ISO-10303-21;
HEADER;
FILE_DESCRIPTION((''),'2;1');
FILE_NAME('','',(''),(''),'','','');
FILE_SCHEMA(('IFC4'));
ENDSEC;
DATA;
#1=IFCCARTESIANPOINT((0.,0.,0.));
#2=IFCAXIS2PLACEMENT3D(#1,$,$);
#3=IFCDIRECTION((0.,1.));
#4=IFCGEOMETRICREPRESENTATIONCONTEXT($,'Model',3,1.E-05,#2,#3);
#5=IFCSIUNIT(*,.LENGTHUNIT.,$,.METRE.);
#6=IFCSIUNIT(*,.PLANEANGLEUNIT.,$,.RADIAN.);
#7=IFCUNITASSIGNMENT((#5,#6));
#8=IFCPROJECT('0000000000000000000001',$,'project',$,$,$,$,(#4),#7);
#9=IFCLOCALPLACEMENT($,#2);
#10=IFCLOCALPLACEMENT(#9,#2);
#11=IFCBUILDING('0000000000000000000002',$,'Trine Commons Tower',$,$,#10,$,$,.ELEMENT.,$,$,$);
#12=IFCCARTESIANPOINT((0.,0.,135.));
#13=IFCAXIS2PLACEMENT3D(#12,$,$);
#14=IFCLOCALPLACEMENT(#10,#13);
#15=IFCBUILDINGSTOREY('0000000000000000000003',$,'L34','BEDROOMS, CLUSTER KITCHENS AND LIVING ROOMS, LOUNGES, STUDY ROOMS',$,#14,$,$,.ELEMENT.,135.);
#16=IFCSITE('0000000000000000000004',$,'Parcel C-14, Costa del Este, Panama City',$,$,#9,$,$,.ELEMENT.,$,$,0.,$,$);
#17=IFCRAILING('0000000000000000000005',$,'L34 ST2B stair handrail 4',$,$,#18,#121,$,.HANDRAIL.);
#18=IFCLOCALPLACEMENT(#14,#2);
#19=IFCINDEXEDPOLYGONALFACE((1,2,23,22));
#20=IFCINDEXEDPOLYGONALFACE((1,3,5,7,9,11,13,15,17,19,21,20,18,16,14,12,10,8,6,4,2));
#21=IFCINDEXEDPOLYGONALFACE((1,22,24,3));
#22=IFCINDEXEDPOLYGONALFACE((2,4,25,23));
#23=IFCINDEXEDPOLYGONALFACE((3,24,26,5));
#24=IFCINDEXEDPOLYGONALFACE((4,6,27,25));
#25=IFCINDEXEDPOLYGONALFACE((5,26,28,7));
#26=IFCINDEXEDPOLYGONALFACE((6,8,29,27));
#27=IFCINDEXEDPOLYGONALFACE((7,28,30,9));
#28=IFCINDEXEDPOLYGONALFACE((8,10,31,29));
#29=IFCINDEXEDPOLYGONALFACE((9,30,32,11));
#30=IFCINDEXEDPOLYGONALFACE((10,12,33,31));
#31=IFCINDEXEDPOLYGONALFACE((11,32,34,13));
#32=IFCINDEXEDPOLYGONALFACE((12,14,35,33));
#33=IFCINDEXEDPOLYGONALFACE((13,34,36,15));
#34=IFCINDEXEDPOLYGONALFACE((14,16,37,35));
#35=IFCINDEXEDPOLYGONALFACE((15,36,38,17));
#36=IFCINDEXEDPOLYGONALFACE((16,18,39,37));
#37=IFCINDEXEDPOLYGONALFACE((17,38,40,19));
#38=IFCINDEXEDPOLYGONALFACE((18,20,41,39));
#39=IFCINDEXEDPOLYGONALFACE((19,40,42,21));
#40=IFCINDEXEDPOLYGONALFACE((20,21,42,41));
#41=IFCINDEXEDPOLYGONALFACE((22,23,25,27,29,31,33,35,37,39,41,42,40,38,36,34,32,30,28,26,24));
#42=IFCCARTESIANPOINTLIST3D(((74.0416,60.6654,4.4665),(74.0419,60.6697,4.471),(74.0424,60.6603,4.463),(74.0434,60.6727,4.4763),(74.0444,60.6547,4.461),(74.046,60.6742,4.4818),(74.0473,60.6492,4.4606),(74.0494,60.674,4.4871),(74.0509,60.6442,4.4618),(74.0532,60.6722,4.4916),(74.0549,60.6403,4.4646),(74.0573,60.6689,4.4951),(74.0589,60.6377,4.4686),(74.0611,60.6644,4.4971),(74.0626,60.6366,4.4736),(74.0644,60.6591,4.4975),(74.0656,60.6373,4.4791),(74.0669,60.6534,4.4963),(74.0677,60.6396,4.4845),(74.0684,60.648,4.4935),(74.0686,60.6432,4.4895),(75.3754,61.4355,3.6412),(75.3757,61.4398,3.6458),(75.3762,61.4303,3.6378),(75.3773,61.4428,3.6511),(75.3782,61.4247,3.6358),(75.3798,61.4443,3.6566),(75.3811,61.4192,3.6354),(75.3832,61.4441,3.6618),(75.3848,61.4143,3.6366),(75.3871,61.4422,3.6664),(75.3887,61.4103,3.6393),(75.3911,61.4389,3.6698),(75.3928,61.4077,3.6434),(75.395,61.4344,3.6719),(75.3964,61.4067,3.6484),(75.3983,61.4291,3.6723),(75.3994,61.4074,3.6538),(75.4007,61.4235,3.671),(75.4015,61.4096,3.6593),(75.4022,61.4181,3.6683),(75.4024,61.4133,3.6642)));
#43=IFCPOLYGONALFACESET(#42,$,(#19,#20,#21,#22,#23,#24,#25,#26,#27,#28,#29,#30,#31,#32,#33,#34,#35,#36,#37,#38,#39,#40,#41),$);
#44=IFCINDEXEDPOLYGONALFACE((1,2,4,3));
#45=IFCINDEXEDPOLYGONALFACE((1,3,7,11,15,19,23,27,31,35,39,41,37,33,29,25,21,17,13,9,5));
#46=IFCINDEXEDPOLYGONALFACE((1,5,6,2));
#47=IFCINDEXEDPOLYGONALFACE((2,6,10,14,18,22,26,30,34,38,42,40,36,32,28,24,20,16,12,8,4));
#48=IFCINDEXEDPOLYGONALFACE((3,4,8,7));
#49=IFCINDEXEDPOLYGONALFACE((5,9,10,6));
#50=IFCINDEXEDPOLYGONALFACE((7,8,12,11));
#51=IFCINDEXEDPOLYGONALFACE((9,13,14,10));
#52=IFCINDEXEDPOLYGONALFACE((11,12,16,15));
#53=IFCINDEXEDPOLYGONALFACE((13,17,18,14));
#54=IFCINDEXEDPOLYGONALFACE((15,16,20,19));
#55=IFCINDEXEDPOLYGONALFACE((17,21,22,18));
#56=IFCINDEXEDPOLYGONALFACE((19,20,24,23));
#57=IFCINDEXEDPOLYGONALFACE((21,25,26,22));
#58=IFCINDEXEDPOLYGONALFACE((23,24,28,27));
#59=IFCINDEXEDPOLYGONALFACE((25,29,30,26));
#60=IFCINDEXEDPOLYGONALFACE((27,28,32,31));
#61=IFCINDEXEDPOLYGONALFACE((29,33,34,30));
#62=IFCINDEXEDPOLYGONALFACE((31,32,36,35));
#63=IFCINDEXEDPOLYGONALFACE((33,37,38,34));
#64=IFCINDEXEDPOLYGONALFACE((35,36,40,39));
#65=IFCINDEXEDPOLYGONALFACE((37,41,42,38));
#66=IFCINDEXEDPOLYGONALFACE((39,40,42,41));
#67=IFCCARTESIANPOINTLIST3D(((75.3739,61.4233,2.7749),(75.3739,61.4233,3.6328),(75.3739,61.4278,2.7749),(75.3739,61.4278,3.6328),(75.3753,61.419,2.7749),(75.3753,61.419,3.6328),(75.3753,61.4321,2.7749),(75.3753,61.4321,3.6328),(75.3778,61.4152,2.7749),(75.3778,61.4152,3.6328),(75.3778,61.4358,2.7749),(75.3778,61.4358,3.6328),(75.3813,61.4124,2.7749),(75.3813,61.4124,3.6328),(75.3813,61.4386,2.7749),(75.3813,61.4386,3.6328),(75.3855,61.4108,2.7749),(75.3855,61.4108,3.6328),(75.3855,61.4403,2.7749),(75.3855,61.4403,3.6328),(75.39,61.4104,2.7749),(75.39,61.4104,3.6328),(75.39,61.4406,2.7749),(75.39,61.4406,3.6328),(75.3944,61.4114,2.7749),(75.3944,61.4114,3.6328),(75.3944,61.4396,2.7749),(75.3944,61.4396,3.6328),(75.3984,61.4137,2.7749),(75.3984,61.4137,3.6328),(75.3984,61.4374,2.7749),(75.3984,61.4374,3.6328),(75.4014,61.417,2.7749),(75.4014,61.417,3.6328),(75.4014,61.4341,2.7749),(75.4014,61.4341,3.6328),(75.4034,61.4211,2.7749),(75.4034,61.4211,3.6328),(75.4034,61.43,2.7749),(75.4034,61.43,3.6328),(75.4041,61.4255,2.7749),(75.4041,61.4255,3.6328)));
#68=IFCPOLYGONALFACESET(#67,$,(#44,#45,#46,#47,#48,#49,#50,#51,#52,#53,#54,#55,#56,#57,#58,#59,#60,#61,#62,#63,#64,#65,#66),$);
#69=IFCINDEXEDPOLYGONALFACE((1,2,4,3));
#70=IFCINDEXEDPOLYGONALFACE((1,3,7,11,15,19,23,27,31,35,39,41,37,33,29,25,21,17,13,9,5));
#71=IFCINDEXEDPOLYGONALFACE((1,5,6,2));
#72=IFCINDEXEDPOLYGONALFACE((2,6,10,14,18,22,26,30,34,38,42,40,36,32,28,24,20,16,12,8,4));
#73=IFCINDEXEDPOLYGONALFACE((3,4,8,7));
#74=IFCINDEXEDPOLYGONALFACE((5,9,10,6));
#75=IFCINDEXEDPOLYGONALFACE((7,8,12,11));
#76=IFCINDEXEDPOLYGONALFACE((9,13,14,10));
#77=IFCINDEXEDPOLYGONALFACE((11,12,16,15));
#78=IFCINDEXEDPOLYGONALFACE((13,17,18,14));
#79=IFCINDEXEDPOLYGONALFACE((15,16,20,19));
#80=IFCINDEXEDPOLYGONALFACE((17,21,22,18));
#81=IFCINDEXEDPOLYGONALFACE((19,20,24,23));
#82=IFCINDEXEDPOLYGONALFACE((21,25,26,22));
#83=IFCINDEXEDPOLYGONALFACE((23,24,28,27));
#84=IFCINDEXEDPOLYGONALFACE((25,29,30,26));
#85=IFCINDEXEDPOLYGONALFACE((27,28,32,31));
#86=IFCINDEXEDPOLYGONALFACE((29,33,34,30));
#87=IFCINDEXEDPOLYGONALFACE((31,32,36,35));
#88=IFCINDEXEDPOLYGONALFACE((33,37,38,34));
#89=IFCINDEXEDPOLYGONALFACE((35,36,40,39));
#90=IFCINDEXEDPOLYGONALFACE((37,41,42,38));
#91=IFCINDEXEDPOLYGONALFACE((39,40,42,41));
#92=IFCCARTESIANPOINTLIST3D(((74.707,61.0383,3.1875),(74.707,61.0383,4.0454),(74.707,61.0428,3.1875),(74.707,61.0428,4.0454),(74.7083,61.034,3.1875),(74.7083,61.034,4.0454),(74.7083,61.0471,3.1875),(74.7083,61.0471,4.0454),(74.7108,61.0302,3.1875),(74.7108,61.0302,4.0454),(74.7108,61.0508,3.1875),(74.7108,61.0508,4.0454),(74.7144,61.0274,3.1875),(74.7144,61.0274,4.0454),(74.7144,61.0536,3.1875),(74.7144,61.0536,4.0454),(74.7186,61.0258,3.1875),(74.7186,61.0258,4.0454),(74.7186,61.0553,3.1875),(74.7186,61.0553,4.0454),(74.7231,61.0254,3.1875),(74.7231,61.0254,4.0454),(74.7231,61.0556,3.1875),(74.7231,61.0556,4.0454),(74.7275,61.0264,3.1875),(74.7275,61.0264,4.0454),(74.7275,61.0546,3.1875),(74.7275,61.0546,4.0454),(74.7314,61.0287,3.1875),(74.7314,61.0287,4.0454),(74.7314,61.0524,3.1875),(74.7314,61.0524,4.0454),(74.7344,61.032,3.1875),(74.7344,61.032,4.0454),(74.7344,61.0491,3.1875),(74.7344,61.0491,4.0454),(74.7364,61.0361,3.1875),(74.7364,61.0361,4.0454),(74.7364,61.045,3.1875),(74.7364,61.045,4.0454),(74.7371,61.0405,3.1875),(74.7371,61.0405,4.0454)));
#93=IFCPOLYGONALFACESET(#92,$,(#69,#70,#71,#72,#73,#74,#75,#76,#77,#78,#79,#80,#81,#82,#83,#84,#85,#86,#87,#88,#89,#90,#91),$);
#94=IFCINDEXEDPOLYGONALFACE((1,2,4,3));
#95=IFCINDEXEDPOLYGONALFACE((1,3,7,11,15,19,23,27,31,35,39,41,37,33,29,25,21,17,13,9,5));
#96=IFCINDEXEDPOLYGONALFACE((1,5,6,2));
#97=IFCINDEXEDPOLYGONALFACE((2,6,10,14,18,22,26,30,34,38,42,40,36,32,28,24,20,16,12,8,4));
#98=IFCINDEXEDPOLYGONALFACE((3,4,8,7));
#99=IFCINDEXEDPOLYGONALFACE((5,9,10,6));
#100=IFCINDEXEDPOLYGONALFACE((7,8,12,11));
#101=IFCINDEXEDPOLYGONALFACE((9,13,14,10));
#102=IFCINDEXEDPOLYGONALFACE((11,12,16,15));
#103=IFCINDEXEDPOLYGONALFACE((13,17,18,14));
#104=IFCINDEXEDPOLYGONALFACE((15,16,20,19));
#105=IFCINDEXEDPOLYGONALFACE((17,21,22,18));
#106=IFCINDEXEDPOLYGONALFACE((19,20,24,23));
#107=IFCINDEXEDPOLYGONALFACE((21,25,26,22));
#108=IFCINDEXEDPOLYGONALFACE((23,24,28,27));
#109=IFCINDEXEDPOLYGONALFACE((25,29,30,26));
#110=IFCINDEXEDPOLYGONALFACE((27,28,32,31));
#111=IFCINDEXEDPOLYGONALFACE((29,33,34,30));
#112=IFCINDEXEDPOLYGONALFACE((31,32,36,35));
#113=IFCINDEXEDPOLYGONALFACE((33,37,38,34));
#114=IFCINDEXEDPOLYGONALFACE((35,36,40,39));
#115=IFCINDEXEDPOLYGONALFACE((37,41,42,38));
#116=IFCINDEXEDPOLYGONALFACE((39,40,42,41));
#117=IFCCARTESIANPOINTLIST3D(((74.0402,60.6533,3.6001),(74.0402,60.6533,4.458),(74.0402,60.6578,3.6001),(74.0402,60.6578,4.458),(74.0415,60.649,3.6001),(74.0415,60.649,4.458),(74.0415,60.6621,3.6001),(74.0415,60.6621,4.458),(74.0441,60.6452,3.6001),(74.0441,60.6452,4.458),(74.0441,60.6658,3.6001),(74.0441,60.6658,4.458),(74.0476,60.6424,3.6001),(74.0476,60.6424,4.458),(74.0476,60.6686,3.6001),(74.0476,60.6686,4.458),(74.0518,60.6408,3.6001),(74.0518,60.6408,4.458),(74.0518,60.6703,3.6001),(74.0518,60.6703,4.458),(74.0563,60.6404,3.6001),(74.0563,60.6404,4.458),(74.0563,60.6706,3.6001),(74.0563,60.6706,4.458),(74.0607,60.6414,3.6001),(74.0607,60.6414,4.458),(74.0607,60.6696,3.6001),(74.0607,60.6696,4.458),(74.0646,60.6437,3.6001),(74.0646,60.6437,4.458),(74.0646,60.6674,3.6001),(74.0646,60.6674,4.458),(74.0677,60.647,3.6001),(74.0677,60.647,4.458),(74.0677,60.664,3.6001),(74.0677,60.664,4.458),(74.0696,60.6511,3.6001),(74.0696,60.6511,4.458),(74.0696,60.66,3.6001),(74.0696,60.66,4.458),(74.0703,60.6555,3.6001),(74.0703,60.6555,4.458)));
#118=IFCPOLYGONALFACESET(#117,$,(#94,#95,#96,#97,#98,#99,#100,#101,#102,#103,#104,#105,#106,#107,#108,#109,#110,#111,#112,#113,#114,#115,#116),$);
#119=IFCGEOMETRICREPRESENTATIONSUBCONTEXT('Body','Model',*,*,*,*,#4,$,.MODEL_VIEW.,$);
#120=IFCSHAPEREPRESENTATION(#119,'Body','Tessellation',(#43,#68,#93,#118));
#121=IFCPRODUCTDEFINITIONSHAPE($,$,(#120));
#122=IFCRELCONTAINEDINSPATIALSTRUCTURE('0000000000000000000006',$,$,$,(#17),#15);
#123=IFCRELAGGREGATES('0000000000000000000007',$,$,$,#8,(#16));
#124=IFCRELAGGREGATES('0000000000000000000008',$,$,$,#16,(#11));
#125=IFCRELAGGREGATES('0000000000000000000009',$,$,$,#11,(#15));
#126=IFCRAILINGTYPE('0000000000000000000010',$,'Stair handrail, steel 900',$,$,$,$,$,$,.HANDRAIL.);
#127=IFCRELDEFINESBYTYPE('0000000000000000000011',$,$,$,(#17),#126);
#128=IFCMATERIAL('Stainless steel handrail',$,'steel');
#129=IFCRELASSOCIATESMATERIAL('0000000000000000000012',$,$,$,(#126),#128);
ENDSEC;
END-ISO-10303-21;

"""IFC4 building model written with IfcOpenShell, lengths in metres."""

from ifc_helpers import new_model, si_unit, direction, frame, origin, origin_2d, place, context, subcontext, project, spatial, circle, extrude, material, type_object, element, save


model = new_model("IFC4")

# Units and contexts
model_context = context("Model", 3, precision=1e-05, world=origin(), true_north=direction((0.0, 1.0)))
body_context = subcontext(model_context, "Body", "Model", "MODEL_VIEW")
ifc_project = project(units=[si_unit("LENGTHUNIT", "METRE"), si_unit("PLANEANGLEUNIT", "RADIAN")], contexts=[model_context])

# Site, building, storey
site_placement = place(None, origin())
site = spatial("IfcSite", under=ifc_project, at=site_placement, Name="Parcel C-14, Costa del Este, Panama City", CompositionType="ELEMENT", RefElevation=0.0)
building_placement = place(site_placement, origin())
building = spatial("IfcBuilding", under=site, at=building_placement, Name="Trine Commons Tower", CompositionType="ELEMENT")
storey_placement = place(building_placement, frame((0.0, 0.0, 135.0)))
storey = spatial("IfcBuildingStorey", under=building, at=storey_placement, Name="L34", Description="BEDROOMS, CLUSTER KITCHENS AND LIVING ROOMS, LOUNGES, STUDY ROOMS", CompositionType="ELEMENT", Elevation=135.0)

# Railing
ifc_material_1 = material(Name="Stainless steel handrail", Category="steel")
railing_type_1 = type_object("IfcRailingType", Name="Stair handrail, steel 900", PredefinedType="HANDRAIL", material=ifc_material_1)
railing_1_placement = place(storey_placement, frame((75.3889, 61.4255, 2.7749)))
element("IfcRailing", 1, at=railing_1_placement, inside=storey, type_object=railing_type_1, Name="L34 ST2B stair handrail 4", PredefinedType="HANDRAIL", context=body_context, shape_type="SweptSolid", body=[
    extrude(circle(Radius=0.021, at=origin_2d()), frame((0.0, 0.0, 0.8789), z_axis=(-0.763355, -0.440714, 0.472293), x_axis=(0.499992, -0.86603, 0.0)), (0.0, 0.0, 1.0), 1.7473),
    extrude(circle(Radius=0.0151, at=origin_2d()), origin(), (0.0, 0.0, 1.0), 0.8579),
    extrude(circle(Radius=0.0151, at=origin_2d()), frame((-0.667, -0.385, 0.4126)), (0.0, 0.0, 1.0), 0.8579),
    extrude(circle(Radius=0.0151, at=origin_2d()), frame((-1.3337, -0.77, 0.8252)), (0.0, 0.0, 1.0), 0.8579),
])

save(model, "model.ifc")
